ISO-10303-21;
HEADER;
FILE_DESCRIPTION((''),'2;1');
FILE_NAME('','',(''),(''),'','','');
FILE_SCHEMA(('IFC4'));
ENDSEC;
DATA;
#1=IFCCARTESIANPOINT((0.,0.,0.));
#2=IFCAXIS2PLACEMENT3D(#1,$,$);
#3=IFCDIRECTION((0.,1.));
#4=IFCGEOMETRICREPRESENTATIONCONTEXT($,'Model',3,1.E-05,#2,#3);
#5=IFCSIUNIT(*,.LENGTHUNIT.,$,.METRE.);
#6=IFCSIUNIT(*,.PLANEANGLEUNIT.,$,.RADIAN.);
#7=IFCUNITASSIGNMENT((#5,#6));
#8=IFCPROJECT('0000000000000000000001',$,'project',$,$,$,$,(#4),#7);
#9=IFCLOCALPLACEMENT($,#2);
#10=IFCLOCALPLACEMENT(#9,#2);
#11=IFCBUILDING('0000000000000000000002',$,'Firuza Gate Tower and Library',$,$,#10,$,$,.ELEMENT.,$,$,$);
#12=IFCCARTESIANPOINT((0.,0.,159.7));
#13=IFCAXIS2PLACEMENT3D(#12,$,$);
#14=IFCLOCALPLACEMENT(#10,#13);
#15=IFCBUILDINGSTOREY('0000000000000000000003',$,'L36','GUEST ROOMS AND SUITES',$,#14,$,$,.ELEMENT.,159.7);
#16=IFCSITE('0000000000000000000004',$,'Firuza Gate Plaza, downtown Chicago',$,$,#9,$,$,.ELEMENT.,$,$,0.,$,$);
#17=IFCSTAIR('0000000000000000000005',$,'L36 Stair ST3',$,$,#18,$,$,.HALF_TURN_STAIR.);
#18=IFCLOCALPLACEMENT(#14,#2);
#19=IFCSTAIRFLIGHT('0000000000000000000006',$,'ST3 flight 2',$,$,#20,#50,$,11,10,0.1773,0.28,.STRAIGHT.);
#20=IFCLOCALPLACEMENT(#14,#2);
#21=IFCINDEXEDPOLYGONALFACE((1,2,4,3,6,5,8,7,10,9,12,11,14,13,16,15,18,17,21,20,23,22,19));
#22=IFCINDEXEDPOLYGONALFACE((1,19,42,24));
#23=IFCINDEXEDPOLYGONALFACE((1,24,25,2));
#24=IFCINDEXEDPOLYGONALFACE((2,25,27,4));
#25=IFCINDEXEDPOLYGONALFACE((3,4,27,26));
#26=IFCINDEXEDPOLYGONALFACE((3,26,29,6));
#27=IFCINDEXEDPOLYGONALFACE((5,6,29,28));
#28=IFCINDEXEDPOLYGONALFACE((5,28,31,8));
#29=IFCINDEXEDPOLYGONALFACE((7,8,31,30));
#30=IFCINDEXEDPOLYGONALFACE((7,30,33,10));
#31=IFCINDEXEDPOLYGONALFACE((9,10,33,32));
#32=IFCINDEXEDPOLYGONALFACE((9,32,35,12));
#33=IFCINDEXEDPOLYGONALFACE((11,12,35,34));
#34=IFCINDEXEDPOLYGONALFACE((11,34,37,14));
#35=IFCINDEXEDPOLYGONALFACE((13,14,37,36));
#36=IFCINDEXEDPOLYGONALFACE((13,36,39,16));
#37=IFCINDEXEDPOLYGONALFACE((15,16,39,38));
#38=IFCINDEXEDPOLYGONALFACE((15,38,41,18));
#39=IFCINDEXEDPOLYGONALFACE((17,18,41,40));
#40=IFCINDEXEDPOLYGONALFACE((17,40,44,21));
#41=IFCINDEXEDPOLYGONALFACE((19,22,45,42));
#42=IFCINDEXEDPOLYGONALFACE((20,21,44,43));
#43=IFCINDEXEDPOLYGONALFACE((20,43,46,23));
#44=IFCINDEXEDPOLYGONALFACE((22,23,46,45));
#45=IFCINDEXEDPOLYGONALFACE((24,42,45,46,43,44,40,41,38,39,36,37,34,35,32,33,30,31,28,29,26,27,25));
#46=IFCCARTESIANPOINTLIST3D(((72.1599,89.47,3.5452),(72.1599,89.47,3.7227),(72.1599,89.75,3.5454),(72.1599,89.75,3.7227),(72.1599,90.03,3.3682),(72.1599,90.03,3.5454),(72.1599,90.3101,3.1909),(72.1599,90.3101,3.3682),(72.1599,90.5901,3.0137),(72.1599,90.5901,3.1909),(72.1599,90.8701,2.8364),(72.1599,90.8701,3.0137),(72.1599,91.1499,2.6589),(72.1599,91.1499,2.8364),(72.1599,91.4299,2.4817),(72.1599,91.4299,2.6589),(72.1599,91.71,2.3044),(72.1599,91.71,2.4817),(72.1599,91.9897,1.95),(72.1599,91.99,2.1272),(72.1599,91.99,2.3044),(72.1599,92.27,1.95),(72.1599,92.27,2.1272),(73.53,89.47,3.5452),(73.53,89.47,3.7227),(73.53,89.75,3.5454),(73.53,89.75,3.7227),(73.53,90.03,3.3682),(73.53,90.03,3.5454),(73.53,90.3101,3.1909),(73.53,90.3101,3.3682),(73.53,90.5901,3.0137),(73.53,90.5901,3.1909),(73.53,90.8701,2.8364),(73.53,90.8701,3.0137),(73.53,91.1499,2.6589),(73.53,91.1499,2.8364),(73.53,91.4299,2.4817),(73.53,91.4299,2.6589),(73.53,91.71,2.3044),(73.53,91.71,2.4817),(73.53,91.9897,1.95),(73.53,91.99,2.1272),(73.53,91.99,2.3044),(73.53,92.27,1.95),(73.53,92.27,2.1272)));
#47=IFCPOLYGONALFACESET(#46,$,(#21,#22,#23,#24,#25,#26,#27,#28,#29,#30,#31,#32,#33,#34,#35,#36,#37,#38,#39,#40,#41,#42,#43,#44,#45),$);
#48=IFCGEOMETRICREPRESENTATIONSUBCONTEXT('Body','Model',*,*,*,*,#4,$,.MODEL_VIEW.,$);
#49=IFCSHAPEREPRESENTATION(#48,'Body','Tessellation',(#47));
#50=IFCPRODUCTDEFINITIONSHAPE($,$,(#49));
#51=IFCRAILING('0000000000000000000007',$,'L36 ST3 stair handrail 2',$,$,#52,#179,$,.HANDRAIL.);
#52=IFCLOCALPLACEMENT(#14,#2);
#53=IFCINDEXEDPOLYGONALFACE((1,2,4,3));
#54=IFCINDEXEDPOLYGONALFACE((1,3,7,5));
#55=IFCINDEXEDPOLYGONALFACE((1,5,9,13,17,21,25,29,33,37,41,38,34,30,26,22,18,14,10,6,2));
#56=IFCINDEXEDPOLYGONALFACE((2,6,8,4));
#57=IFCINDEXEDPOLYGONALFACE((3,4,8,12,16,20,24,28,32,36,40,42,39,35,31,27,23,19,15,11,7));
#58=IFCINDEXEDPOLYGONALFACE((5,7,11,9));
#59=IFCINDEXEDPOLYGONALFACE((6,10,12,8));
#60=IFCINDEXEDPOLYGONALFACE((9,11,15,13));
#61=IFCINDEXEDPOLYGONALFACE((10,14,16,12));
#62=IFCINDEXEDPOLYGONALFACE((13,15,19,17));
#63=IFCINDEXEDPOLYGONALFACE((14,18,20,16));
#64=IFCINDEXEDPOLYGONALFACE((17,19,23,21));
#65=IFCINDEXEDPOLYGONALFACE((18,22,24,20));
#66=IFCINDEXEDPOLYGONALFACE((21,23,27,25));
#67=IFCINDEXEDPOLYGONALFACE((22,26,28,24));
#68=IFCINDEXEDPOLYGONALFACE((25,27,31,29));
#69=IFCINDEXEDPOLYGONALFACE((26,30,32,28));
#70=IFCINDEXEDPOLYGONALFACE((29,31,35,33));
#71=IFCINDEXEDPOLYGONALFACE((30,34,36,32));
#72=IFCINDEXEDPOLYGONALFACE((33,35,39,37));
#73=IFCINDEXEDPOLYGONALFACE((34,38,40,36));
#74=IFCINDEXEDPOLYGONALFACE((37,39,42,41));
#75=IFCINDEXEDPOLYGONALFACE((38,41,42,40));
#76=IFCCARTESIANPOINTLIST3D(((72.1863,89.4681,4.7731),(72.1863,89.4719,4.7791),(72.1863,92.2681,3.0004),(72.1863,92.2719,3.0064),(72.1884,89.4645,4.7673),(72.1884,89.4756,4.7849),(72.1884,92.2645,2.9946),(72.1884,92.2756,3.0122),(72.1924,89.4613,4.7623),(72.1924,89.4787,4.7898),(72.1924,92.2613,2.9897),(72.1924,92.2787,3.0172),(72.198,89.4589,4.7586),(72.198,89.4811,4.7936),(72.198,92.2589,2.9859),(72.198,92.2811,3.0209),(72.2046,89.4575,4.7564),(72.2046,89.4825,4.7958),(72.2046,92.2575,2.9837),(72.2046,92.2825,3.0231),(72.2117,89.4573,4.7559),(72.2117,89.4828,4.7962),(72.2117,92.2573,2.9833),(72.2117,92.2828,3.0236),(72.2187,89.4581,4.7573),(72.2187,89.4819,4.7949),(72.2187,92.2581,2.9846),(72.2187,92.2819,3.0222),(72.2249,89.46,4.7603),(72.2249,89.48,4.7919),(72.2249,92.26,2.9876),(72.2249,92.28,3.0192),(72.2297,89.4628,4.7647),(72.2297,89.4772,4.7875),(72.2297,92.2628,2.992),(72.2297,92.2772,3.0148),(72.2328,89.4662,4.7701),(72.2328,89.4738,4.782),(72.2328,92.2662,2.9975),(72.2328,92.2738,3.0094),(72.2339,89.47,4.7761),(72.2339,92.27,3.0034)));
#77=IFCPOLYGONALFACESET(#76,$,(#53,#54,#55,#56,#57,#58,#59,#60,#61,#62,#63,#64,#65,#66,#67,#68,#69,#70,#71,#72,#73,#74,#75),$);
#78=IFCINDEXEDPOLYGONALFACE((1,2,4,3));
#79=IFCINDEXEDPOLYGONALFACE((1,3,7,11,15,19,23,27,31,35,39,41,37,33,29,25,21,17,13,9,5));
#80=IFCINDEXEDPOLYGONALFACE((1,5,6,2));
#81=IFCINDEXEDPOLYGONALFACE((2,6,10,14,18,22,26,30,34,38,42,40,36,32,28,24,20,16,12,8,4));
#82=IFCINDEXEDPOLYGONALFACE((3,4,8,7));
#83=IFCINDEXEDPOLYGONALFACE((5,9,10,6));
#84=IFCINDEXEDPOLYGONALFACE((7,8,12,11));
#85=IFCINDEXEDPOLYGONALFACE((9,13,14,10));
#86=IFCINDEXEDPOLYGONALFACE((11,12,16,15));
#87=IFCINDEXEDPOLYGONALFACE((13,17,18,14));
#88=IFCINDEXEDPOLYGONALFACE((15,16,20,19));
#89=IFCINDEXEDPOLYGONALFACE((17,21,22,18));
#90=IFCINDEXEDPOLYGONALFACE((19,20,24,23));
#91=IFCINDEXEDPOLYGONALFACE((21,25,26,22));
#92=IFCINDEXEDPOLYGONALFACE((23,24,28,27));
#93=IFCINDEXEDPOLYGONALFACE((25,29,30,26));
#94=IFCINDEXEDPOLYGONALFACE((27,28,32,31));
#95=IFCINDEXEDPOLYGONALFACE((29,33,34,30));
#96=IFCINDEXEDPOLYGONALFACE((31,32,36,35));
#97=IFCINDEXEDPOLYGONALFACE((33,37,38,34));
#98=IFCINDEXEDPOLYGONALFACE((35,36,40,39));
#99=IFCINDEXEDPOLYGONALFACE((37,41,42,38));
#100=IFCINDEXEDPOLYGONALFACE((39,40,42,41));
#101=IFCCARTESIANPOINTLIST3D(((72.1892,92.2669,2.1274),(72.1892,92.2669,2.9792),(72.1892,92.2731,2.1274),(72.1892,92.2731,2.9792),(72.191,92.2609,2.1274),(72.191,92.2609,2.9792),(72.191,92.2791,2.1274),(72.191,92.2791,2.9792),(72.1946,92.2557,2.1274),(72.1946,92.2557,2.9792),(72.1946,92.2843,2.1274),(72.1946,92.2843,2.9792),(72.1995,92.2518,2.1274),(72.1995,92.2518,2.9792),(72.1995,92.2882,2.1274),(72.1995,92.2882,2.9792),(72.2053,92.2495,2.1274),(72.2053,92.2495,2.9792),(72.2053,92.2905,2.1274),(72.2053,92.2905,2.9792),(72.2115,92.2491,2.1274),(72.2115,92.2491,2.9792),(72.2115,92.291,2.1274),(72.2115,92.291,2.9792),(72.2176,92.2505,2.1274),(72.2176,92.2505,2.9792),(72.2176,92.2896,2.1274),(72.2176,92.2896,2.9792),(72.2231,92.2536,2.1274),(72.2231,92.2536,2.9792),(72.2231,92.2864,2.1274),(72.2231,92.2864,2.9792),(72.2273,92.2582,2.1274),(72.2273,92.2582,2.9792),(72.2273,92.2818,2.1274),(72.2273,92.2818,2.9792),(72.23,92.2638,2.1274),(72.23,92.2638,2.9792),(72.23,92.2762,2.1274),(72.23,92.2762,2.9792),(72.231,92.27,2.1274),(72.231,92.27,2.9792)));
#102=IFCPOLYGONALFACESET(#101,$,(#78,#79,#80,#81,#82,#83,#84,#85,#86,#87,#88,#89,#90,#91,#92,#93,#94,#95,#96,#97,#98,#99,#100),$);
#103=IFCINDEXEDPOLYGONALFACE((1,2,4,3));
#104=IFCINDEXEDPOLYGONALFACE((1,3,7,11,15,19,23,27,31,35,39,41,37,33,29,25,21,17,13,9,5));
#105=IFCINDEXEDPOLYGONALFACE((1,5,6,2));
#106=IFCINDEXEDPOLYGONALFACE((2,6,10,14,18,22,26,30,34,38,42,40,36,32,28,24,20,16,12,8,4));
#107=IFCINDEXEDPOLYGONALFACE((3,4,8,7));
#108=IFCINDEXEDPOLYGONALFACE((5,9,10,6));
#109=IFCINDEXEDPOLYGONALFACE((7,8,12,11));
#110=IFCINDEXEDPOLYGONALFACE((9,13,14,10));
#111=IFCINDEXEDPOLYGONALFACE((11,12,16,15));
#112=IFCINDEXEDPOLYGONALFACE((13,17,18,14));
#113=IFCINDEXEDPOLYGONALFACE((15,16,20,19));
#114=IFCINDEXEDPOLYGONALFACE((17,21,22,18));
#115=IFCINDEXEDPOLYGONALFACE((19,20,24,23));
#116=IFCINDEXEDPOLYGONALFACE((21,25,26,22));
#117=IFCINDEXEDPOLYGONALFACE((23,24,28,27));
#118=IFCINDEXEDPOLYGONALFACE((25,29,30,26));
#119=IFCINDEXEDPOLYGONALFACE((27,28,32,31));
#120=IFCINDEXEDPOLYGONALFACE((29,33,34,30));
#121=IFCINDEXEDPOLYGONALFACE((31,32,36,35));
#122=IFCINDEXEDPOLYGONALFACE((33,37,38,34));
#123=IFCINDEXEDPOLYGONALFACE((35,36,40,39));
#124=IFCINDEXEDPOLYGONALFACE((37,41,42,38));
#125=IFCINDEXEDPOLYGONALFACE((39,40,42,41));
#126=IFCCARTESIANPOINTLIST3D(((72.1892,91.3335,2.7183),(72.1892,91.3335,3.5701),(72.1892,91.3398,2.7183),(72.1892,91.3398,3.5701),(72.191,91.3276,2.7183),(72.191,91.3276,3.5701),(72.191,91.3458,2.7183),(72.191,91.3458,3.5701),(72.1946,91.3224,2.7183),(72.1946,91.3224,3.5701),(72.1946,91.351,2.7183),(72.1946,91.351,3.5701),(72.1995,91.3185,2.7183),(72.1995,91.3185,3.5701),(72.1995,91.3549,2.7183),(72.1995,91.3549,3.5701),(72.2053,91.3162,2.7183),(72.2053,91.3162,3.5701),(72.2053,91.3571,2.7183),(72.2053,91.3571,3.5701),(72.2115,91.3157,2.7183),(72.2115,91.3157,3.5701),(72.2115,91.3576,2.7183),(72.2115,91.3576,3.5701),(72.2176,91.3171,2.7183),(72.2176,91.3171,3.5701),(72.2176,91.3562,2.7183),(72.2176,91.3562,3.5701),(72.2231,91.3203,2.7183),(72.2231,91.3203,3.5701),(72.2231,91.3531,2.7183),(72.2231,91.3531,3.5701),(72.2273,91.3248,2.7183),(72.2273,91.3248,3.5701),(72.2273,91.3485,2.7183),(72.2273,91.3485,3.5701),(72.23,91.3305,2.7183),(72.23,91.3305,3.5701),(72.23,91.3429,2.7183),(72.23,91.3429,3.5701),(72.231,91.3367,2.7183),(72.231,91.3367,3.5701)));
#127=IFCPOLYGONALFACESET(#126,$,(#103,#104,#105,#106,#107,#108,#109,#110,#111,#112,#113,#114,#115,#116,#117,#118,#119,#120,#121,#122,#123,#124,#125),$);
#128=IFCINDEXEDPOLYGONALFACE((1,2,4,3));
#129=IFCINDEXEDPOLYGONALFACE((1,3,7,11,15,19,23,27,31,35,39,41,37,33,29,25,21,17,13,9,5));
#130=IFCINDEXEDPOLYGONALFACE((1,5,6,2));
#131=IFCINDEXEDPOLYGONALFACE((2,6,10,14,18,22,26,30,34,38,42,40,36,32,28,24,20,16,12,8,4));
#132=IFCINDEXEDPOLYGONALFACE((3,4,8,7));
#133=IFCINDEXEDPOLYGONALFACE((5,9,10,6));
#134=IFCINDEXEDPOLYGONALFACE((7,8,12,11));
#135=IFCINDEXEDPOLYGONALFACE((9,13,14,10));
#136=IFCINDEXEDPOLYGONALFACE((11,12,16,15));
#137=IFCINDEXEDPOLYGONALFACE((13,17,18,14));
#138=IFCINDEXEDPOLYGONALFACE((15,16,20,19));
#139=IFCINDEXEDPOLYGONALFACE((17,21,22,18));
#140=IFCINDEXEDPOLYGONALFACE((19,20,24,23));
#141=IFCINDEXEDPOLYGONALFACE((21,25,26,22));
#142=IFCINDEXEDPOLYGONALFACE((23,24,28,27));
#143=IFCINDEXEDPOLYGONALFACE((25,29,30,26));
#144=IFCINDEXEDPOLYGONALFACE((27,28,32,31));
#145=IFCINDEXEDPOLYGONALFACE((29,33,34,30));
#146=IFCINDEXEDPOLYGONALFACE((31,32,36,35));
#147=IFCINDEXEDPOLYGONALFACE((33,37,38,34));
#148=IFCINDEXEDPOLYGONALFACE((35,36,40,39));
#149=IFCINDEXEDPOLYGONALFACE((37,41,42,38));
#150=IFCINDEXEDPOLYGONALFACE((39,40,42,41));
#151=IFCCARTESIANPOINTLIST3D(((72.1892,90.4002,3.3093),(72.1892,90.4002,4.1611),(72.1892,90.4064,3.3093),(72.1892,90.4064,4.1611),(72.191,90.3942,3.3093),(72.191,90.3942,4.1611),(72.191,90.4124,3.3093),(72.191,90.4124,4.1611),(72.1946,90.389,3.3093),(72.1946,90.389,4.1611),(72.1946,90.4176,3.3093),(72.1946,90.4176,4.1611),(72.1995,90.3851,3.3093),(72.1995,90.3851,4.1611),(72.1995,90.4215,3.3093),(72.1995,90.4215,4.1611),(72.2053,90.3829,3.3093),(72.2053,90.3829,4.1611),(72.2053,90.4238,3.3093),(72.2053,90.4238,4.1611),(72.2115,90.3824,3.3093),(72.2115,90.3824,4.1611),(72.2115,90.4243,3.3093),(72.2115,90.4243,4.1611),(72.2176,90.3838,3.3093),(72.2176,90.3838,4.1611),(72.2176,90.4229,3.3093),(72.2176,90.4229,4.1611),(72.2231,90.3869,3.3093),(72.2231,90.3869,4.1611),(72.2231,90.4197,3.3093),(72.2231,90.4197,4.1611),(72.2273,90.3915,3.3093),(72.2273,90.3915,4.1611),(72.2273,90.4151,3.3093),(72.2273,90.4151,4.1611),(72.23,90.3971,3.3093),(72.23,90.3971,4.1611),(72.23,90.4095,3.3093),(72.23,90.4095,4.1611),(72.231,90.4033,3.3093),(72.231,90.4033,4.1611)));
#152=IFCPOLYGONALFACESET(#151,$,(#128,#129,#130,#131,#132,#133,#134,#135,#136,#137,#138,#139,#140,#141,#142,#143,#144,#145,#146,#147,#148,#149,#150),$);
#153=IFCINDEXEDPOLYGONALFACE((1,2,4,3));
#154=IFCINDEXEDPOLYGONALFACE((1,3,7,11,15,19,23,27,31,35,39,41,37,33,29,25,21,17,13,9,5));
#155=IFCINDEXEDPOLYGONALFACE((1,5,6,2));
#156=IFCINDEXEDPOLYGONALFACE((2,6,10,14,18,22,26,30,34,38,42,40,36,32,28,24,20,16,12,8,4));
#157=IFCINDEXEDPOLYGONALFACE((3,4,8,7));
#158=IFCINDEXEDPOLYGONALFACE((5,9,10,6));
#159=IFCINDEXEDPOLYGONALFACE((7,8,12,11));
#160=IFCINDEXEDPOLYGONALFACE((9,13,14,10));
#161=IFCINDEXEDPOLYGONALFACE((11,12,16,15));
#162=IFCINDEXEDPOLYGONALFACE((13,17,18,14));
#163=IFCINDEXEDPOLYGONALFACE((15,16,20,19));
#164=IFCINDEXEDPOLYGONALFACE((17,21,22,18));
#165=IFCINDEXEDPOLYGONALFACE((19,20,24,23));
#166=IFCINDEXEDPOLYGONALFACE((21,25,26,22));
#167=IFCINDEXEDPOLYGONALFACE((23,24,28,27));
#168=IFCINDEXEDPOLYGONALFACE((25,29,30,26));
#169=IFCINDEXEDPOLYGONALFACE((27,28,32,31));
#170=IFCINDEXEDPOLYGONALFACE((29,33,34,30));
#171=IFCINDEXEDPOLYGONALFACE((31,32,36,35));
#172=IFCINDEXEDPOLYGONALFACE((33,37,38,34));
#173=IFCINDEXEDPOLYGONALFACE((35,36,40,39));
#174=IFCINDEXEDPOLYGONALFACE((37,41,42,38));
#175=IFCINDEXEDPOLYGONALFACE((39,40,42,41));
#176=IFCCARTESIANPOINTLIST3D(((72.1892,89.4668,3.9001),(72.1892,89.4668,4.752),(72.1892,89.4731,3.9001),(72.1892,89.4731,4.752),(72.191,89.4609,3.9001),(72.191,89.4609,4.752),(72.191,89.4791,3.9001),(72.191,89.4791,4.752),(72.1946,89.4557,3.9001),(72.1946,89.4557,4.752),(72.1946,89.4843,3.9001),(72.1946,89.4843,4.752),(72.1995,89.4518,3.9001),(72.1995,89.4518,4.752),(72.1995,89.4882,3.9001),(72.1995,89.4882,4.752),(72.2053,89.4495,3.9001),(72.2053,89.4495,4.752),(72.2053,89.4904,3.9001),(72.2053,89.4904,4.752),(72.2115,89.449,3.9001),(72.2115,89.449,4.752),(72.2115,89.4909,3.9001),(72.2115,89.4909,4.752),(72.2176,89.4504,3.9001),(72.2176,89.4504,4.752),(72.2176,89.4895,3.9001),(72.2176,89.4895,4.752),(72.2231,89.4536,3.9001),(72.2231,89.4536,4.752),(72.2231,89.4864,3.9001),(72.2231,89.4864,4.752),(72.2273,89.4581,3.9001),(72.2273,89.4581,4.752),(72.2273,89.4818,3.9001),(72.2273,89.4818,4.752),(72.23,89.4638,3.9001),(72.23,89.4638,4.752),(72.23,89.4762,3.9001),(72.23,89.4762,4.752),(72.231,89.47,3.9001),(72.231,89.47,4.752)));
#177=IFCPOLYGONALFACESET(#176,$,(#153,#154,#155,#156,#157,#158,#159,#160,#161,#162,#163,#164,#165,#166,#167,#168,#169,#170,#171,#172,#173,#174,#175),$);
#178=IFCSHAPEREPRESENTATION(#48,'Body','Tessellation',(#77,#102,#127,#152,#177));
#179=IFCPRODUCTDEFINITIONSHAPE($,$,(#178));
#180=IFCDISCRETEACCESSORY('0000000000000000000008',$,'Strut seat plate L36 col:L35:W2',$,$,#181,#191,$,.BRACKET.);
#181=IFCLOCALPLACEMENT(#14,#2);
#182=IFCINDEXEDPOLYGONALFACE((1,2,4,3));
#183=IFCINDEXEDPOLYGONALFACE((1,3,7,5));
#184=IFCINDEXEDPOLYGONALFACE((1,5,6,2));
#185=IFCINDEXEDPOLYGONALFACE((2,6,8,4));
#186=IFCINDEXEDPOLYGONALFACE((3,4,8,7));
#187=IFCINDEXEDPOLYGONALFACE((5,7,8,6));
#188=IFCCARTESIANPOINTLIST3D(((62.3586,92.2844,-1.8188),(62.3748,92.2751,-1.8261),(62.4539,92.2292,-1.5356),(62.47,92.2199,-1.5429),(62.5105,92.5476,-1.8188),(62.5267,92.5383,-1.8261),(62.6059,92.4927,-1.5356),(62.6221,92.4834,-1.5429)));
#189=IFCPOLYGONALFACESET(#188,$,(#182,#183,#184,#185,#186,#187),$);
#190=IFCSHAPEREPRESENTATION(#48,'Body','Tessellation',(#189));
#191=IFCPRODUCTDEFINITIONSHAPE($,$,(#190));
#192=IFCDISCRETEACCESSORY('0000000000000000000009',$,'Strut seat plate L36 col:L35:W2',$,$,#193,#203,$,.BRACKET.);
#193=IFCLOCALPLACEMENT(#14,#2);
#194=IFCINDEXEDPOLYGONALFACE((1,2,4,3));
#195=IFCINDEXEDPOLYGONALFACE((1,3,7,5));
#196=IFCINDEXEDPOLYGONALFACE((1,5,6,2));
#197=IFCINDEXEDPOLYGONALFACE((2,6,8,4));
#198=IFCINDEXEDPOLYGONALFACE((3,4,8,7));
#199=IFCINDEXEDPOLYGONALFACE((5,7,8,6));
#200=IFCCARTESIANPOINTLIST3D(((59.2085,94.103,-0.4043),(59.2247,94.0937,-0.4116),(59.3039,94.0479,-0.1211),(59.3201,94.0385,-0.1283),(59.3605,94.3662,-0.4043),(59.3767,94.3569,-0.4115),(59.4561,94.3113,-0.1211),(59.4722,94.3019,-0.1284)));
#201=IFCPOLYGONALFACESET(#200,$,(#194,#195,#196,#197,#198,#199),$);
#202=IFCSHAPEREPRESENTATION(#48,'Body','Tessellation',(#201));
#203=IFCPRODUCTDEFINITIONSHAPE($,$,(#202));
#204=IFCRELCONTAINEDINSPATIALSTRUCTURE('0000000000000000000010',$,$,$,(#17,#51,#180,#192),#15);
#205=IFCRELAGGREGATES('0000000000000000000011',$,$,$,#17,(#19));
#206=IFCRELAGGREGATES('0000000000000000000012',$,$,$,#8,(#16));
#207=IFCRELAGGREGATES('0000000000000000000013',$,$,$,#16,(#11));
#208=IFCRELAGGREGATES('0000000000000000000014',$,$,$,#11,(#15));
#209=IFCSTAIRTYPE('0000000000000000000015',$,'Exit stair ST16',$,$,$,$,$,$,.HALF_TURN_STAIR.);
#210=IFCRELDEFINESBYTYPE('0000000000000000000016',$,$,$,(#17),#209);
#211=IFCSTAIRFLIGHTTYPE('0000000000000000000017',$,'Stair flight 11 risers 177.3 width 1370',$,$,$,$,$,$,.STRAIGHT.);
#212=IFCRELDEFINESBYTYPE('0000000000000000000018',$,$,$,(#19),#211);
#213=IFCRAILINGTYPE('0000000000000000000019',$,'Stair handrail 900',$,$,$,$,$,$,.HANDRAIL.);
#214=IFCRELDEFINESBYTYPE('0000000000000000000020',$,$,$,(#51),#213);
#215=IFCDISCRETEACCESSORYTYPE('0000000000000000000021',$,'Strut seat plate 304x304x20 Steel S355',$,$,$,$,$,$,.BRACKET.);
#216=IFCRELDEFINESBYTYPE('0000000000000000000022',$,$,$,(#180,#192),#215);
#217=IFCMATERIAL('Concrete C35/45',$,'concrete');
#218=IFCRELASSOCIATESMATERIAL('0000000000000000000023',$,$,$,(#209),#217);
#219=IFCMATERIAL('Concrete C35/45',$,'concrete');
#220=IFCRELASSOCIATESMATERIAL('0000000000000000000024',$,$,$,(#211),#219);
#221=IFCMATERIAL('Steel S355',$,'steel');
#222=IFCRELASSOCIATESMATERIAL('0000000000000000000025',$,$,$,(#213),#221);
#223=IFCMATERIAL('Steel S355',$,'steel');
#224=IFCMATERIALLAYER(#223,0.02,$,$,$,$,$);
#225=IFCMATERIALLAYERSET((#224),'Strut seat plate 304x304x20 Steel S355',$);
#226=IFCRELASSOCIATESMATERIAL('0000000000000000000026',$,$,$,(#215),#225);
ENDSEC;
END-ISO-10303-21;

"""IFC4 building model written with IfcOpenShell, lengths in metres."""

from ifc_helpers import new_model, si_unit, direction, frame, origin, origin_2d, place, context, subcontext, project, spatial, polyline, circle, outline, extrude, material, layer, layer_set, type_object, element, aggregate, save


model = new_model("IFC4")

# Units and contexts
model_context = context("Model", 3, precision=1e-05, world=origin(), true_north=direction((0.0, 1.0)))
body_context = subcontext(model_context, "Body", "Model", "MODEL_VIEW")
ifc_project = project(units=[si_unit("LENGTHUNIT", "METRE"), si_unit("PLANEANGLEUNIT", "RADIAN")], contexts=[model_context])

# Site, building, storey
site_placement = place(None, origin())
site = spatial("IfcSite", under=ifc_project, at=site_placement, Name="Firuza Gate Plaza, downtown Chicago", CompositionType="ELEMENT", RefElevation=0.0)
building_placement = place(site_placement, origin())
building = spatial("IfcBuilding", under=site, at=building_placement, Name="Firuza Gate Tower and Library", CompositionType="ELEMENT")
storey_placement = place(building_placement, frame((0.0, 0.0, 159.7)))
storey = spatial("IfcBuildingStorey", under=building, at=storey_placement, Name="L36", Description="GUEST ROOMS AND SUITES", CompositionType="ELEMENT", Elevation=159.7)

# Shared definitions
placement = place(storey_placement, origin())

# Stair, stair flight
ifc_material_1 = material(Name="Concrete C35/45", Category="concrete")
stair_type = type_object("IfcStairType", Name="Exit stair ST16", PredefinedType="HALF_TURN_STAIR", material=ifc_material_1)
stair = element("IfcStair", 1, at=placement, inside=storey, type_object=stair_type, Name="L36 Stair ST3", PredefinedType="HALF_TURN_STAIR")
ifc_material_2 = material(Name="Concrete C35/45", Category="concrete")
stair_flight_type = type_object("IfcStairFlightType", Name="Stair flight 11 risers 177.3 width 1370", PredefinedType="STRAIGHT", material=ifc_material_2)
stair_flight_1_placement = place(storey_placement, frame((72.845, 92.27, 1.95), z_axis=(0.0, 0.0, 1.0), x_axis=(0.0, -1.0, 0.0)))
stair_flight_1 = element("IfcStairFlight", 2, at=stair_flight_1_placement, type_object=stair_flight_type, Name="ST3 flight 2", NumberOfRisers=11, NumberOfTreads=10, PredefinedType="STRAIGHT", RiserHeight=0.1773, TreadLength=0.28, context=body_context, shape_type="SweptSolid", body=[
    extrude(outline(polyline([(0.0, 0.0), (0.0, 0.1772), (0.28, 0.1772), (0.28, 0.3545), (0.5601, 0.3545), (0.5601, 0.5317), (0.8401, 0.5317), (0.8401, 0.709), (1.1201, 0.709), (1.1201, 0.8865), (1.3999, 0.8865), (1.3999, 1.0637), (1.6799, 1.0637), (1.6799, 1.241), (1.96, 1.241), (1.96, 1.4182), (2.24, 1.4182), (2.24, 1.5955), (2.52, 1.5955), (2.52, 1.7727), (2.8, 1.7727), (2.8, 1.95), (2.8, 1.5952), (0.2803, 0.0), (0.0, 0.0)])), frame((0.0, 0.6851, 0.0), z_axis=(0.0, -1.0, 0.0), x_axis=(1.0, 0.0, 0.0)), (0.0, 0.0, 1.0), 1.3701),
])
aggregate(stair, [stair_flight_1])

# Railing
ifc_material_3 = material(Name="Steel S355", Category="steel")
railing_type_1 = type_object("IfcRailingType", Name="Stair handrail 900", PredefinedType="HANDRAIL", material=ifc_material_3)
railing_1_placement = place(storey_placement, frame((72.21, 92.27, 2.1274)))
element("IfcRailing", 3, at=railing_1_placement, inside=storey, type_object=railing_type_1, Name="L36 ST3 stair handrail 2", PredefinedType="HANDRAIL", context=body_context, shape_type="SweptSolid", body=[
    extrude(circle(Radius=0.0239, at=origin_2d()), frame((0.0, 0.0, 0.876), z_axis=(0.0, -0.844909, 0.53491), x_axis=(1.0, 0.0, 0.0)), (0.0, 0.0, 1.0), 3.314),
    extrude(circle(Radius=0.021, at=origin_2d()), origin(), (0.0, 0.0, 1.0), 0.8518),
    extrude(circle(Radius=0.021, at=origin_2d()), frame((0.0, -0.9333, 0.5908)), (0.0, 0.0, 1.0), 0.8518),
    extrude(circle(Radius=0.021, at=origin_2d()), frame((0.0, -1.8667, 1.1819)), (0.0, 0.0, 1.0), 0.8518),
    extrude(circle(Radius=0.021, at=origin_2d()), frame((0.0, -2.8, 1.7727)), (0.0, 0.0, 1.0), 0.8518),
])

# Discrete accessories
ifc_material_4 = material(Name="Steel S355", Category="steel")
ifc_layer_1 = layer(ifc_material_4, 0.02)
ifc_layer_set_1 = layer_set([ifc_layer_1], Name="Strut seat plate 304x304x20 Steel S355")
discrete_accessory_type = type_object("IfcDiscreteAccessoryType", Name="Strut seat plate 304x304x20 Steel S355", PredefinedType="BRACKET", material=ifc_layer_set_1)
discrete_accessory_1_placement = place(storey_placement, frame((62.4539, 92.2292, -1.5356), z_axis=(-0.807237, 0.46593, 0.362322), x_axis=(0.499913, 0.866076, 0.00005)))
element("IfcDiscreteAccessory", 4, at=discrete_accessory_1_placement, inside=storey, type_object=discrete_accessory_type, Name="Strut seat plate L36 col:L35:W2", PredefinedType="BRACKET", context=body_context, shape_type="SweptSolid", body=[
    extrude(outline(polyline([(0.0, 0.0), (0.3042, 0.0), (0.304, 0.3039), (0.0002, 0.3038), (0.0, 0.0)])), origin(), (0.0, 0.0, -1.0), 0.02),
])
discrete_accessory_2_placement = place(storey_placement, frame((59.4561, 94.3113, -0.1211), z_axis=(-0.806974, 0.466152, 0.362624), x_axis=(-0.500174, -0.865925, 0.000068)))
element("IfcDiscreteAccessory", 5, at=discrete_accessory_2_placement, inside=storey, type_object=discrete_accessory_type, Name="Strut seat plate L36 col:L35:W2", PredefinedType="BRACKET", context=body_context, shape_type="SweptSolid", body=[
    extrude(outline(polyline([(0.0, 0.0), (0.3042, 0.0), (0.3041, -0.3039), (0.0002, -0.3039), (0.0, 0.0)])), origin(), (0.0, 0.0, -1.0), 0.02),
])

save(model, "model.ifc")
